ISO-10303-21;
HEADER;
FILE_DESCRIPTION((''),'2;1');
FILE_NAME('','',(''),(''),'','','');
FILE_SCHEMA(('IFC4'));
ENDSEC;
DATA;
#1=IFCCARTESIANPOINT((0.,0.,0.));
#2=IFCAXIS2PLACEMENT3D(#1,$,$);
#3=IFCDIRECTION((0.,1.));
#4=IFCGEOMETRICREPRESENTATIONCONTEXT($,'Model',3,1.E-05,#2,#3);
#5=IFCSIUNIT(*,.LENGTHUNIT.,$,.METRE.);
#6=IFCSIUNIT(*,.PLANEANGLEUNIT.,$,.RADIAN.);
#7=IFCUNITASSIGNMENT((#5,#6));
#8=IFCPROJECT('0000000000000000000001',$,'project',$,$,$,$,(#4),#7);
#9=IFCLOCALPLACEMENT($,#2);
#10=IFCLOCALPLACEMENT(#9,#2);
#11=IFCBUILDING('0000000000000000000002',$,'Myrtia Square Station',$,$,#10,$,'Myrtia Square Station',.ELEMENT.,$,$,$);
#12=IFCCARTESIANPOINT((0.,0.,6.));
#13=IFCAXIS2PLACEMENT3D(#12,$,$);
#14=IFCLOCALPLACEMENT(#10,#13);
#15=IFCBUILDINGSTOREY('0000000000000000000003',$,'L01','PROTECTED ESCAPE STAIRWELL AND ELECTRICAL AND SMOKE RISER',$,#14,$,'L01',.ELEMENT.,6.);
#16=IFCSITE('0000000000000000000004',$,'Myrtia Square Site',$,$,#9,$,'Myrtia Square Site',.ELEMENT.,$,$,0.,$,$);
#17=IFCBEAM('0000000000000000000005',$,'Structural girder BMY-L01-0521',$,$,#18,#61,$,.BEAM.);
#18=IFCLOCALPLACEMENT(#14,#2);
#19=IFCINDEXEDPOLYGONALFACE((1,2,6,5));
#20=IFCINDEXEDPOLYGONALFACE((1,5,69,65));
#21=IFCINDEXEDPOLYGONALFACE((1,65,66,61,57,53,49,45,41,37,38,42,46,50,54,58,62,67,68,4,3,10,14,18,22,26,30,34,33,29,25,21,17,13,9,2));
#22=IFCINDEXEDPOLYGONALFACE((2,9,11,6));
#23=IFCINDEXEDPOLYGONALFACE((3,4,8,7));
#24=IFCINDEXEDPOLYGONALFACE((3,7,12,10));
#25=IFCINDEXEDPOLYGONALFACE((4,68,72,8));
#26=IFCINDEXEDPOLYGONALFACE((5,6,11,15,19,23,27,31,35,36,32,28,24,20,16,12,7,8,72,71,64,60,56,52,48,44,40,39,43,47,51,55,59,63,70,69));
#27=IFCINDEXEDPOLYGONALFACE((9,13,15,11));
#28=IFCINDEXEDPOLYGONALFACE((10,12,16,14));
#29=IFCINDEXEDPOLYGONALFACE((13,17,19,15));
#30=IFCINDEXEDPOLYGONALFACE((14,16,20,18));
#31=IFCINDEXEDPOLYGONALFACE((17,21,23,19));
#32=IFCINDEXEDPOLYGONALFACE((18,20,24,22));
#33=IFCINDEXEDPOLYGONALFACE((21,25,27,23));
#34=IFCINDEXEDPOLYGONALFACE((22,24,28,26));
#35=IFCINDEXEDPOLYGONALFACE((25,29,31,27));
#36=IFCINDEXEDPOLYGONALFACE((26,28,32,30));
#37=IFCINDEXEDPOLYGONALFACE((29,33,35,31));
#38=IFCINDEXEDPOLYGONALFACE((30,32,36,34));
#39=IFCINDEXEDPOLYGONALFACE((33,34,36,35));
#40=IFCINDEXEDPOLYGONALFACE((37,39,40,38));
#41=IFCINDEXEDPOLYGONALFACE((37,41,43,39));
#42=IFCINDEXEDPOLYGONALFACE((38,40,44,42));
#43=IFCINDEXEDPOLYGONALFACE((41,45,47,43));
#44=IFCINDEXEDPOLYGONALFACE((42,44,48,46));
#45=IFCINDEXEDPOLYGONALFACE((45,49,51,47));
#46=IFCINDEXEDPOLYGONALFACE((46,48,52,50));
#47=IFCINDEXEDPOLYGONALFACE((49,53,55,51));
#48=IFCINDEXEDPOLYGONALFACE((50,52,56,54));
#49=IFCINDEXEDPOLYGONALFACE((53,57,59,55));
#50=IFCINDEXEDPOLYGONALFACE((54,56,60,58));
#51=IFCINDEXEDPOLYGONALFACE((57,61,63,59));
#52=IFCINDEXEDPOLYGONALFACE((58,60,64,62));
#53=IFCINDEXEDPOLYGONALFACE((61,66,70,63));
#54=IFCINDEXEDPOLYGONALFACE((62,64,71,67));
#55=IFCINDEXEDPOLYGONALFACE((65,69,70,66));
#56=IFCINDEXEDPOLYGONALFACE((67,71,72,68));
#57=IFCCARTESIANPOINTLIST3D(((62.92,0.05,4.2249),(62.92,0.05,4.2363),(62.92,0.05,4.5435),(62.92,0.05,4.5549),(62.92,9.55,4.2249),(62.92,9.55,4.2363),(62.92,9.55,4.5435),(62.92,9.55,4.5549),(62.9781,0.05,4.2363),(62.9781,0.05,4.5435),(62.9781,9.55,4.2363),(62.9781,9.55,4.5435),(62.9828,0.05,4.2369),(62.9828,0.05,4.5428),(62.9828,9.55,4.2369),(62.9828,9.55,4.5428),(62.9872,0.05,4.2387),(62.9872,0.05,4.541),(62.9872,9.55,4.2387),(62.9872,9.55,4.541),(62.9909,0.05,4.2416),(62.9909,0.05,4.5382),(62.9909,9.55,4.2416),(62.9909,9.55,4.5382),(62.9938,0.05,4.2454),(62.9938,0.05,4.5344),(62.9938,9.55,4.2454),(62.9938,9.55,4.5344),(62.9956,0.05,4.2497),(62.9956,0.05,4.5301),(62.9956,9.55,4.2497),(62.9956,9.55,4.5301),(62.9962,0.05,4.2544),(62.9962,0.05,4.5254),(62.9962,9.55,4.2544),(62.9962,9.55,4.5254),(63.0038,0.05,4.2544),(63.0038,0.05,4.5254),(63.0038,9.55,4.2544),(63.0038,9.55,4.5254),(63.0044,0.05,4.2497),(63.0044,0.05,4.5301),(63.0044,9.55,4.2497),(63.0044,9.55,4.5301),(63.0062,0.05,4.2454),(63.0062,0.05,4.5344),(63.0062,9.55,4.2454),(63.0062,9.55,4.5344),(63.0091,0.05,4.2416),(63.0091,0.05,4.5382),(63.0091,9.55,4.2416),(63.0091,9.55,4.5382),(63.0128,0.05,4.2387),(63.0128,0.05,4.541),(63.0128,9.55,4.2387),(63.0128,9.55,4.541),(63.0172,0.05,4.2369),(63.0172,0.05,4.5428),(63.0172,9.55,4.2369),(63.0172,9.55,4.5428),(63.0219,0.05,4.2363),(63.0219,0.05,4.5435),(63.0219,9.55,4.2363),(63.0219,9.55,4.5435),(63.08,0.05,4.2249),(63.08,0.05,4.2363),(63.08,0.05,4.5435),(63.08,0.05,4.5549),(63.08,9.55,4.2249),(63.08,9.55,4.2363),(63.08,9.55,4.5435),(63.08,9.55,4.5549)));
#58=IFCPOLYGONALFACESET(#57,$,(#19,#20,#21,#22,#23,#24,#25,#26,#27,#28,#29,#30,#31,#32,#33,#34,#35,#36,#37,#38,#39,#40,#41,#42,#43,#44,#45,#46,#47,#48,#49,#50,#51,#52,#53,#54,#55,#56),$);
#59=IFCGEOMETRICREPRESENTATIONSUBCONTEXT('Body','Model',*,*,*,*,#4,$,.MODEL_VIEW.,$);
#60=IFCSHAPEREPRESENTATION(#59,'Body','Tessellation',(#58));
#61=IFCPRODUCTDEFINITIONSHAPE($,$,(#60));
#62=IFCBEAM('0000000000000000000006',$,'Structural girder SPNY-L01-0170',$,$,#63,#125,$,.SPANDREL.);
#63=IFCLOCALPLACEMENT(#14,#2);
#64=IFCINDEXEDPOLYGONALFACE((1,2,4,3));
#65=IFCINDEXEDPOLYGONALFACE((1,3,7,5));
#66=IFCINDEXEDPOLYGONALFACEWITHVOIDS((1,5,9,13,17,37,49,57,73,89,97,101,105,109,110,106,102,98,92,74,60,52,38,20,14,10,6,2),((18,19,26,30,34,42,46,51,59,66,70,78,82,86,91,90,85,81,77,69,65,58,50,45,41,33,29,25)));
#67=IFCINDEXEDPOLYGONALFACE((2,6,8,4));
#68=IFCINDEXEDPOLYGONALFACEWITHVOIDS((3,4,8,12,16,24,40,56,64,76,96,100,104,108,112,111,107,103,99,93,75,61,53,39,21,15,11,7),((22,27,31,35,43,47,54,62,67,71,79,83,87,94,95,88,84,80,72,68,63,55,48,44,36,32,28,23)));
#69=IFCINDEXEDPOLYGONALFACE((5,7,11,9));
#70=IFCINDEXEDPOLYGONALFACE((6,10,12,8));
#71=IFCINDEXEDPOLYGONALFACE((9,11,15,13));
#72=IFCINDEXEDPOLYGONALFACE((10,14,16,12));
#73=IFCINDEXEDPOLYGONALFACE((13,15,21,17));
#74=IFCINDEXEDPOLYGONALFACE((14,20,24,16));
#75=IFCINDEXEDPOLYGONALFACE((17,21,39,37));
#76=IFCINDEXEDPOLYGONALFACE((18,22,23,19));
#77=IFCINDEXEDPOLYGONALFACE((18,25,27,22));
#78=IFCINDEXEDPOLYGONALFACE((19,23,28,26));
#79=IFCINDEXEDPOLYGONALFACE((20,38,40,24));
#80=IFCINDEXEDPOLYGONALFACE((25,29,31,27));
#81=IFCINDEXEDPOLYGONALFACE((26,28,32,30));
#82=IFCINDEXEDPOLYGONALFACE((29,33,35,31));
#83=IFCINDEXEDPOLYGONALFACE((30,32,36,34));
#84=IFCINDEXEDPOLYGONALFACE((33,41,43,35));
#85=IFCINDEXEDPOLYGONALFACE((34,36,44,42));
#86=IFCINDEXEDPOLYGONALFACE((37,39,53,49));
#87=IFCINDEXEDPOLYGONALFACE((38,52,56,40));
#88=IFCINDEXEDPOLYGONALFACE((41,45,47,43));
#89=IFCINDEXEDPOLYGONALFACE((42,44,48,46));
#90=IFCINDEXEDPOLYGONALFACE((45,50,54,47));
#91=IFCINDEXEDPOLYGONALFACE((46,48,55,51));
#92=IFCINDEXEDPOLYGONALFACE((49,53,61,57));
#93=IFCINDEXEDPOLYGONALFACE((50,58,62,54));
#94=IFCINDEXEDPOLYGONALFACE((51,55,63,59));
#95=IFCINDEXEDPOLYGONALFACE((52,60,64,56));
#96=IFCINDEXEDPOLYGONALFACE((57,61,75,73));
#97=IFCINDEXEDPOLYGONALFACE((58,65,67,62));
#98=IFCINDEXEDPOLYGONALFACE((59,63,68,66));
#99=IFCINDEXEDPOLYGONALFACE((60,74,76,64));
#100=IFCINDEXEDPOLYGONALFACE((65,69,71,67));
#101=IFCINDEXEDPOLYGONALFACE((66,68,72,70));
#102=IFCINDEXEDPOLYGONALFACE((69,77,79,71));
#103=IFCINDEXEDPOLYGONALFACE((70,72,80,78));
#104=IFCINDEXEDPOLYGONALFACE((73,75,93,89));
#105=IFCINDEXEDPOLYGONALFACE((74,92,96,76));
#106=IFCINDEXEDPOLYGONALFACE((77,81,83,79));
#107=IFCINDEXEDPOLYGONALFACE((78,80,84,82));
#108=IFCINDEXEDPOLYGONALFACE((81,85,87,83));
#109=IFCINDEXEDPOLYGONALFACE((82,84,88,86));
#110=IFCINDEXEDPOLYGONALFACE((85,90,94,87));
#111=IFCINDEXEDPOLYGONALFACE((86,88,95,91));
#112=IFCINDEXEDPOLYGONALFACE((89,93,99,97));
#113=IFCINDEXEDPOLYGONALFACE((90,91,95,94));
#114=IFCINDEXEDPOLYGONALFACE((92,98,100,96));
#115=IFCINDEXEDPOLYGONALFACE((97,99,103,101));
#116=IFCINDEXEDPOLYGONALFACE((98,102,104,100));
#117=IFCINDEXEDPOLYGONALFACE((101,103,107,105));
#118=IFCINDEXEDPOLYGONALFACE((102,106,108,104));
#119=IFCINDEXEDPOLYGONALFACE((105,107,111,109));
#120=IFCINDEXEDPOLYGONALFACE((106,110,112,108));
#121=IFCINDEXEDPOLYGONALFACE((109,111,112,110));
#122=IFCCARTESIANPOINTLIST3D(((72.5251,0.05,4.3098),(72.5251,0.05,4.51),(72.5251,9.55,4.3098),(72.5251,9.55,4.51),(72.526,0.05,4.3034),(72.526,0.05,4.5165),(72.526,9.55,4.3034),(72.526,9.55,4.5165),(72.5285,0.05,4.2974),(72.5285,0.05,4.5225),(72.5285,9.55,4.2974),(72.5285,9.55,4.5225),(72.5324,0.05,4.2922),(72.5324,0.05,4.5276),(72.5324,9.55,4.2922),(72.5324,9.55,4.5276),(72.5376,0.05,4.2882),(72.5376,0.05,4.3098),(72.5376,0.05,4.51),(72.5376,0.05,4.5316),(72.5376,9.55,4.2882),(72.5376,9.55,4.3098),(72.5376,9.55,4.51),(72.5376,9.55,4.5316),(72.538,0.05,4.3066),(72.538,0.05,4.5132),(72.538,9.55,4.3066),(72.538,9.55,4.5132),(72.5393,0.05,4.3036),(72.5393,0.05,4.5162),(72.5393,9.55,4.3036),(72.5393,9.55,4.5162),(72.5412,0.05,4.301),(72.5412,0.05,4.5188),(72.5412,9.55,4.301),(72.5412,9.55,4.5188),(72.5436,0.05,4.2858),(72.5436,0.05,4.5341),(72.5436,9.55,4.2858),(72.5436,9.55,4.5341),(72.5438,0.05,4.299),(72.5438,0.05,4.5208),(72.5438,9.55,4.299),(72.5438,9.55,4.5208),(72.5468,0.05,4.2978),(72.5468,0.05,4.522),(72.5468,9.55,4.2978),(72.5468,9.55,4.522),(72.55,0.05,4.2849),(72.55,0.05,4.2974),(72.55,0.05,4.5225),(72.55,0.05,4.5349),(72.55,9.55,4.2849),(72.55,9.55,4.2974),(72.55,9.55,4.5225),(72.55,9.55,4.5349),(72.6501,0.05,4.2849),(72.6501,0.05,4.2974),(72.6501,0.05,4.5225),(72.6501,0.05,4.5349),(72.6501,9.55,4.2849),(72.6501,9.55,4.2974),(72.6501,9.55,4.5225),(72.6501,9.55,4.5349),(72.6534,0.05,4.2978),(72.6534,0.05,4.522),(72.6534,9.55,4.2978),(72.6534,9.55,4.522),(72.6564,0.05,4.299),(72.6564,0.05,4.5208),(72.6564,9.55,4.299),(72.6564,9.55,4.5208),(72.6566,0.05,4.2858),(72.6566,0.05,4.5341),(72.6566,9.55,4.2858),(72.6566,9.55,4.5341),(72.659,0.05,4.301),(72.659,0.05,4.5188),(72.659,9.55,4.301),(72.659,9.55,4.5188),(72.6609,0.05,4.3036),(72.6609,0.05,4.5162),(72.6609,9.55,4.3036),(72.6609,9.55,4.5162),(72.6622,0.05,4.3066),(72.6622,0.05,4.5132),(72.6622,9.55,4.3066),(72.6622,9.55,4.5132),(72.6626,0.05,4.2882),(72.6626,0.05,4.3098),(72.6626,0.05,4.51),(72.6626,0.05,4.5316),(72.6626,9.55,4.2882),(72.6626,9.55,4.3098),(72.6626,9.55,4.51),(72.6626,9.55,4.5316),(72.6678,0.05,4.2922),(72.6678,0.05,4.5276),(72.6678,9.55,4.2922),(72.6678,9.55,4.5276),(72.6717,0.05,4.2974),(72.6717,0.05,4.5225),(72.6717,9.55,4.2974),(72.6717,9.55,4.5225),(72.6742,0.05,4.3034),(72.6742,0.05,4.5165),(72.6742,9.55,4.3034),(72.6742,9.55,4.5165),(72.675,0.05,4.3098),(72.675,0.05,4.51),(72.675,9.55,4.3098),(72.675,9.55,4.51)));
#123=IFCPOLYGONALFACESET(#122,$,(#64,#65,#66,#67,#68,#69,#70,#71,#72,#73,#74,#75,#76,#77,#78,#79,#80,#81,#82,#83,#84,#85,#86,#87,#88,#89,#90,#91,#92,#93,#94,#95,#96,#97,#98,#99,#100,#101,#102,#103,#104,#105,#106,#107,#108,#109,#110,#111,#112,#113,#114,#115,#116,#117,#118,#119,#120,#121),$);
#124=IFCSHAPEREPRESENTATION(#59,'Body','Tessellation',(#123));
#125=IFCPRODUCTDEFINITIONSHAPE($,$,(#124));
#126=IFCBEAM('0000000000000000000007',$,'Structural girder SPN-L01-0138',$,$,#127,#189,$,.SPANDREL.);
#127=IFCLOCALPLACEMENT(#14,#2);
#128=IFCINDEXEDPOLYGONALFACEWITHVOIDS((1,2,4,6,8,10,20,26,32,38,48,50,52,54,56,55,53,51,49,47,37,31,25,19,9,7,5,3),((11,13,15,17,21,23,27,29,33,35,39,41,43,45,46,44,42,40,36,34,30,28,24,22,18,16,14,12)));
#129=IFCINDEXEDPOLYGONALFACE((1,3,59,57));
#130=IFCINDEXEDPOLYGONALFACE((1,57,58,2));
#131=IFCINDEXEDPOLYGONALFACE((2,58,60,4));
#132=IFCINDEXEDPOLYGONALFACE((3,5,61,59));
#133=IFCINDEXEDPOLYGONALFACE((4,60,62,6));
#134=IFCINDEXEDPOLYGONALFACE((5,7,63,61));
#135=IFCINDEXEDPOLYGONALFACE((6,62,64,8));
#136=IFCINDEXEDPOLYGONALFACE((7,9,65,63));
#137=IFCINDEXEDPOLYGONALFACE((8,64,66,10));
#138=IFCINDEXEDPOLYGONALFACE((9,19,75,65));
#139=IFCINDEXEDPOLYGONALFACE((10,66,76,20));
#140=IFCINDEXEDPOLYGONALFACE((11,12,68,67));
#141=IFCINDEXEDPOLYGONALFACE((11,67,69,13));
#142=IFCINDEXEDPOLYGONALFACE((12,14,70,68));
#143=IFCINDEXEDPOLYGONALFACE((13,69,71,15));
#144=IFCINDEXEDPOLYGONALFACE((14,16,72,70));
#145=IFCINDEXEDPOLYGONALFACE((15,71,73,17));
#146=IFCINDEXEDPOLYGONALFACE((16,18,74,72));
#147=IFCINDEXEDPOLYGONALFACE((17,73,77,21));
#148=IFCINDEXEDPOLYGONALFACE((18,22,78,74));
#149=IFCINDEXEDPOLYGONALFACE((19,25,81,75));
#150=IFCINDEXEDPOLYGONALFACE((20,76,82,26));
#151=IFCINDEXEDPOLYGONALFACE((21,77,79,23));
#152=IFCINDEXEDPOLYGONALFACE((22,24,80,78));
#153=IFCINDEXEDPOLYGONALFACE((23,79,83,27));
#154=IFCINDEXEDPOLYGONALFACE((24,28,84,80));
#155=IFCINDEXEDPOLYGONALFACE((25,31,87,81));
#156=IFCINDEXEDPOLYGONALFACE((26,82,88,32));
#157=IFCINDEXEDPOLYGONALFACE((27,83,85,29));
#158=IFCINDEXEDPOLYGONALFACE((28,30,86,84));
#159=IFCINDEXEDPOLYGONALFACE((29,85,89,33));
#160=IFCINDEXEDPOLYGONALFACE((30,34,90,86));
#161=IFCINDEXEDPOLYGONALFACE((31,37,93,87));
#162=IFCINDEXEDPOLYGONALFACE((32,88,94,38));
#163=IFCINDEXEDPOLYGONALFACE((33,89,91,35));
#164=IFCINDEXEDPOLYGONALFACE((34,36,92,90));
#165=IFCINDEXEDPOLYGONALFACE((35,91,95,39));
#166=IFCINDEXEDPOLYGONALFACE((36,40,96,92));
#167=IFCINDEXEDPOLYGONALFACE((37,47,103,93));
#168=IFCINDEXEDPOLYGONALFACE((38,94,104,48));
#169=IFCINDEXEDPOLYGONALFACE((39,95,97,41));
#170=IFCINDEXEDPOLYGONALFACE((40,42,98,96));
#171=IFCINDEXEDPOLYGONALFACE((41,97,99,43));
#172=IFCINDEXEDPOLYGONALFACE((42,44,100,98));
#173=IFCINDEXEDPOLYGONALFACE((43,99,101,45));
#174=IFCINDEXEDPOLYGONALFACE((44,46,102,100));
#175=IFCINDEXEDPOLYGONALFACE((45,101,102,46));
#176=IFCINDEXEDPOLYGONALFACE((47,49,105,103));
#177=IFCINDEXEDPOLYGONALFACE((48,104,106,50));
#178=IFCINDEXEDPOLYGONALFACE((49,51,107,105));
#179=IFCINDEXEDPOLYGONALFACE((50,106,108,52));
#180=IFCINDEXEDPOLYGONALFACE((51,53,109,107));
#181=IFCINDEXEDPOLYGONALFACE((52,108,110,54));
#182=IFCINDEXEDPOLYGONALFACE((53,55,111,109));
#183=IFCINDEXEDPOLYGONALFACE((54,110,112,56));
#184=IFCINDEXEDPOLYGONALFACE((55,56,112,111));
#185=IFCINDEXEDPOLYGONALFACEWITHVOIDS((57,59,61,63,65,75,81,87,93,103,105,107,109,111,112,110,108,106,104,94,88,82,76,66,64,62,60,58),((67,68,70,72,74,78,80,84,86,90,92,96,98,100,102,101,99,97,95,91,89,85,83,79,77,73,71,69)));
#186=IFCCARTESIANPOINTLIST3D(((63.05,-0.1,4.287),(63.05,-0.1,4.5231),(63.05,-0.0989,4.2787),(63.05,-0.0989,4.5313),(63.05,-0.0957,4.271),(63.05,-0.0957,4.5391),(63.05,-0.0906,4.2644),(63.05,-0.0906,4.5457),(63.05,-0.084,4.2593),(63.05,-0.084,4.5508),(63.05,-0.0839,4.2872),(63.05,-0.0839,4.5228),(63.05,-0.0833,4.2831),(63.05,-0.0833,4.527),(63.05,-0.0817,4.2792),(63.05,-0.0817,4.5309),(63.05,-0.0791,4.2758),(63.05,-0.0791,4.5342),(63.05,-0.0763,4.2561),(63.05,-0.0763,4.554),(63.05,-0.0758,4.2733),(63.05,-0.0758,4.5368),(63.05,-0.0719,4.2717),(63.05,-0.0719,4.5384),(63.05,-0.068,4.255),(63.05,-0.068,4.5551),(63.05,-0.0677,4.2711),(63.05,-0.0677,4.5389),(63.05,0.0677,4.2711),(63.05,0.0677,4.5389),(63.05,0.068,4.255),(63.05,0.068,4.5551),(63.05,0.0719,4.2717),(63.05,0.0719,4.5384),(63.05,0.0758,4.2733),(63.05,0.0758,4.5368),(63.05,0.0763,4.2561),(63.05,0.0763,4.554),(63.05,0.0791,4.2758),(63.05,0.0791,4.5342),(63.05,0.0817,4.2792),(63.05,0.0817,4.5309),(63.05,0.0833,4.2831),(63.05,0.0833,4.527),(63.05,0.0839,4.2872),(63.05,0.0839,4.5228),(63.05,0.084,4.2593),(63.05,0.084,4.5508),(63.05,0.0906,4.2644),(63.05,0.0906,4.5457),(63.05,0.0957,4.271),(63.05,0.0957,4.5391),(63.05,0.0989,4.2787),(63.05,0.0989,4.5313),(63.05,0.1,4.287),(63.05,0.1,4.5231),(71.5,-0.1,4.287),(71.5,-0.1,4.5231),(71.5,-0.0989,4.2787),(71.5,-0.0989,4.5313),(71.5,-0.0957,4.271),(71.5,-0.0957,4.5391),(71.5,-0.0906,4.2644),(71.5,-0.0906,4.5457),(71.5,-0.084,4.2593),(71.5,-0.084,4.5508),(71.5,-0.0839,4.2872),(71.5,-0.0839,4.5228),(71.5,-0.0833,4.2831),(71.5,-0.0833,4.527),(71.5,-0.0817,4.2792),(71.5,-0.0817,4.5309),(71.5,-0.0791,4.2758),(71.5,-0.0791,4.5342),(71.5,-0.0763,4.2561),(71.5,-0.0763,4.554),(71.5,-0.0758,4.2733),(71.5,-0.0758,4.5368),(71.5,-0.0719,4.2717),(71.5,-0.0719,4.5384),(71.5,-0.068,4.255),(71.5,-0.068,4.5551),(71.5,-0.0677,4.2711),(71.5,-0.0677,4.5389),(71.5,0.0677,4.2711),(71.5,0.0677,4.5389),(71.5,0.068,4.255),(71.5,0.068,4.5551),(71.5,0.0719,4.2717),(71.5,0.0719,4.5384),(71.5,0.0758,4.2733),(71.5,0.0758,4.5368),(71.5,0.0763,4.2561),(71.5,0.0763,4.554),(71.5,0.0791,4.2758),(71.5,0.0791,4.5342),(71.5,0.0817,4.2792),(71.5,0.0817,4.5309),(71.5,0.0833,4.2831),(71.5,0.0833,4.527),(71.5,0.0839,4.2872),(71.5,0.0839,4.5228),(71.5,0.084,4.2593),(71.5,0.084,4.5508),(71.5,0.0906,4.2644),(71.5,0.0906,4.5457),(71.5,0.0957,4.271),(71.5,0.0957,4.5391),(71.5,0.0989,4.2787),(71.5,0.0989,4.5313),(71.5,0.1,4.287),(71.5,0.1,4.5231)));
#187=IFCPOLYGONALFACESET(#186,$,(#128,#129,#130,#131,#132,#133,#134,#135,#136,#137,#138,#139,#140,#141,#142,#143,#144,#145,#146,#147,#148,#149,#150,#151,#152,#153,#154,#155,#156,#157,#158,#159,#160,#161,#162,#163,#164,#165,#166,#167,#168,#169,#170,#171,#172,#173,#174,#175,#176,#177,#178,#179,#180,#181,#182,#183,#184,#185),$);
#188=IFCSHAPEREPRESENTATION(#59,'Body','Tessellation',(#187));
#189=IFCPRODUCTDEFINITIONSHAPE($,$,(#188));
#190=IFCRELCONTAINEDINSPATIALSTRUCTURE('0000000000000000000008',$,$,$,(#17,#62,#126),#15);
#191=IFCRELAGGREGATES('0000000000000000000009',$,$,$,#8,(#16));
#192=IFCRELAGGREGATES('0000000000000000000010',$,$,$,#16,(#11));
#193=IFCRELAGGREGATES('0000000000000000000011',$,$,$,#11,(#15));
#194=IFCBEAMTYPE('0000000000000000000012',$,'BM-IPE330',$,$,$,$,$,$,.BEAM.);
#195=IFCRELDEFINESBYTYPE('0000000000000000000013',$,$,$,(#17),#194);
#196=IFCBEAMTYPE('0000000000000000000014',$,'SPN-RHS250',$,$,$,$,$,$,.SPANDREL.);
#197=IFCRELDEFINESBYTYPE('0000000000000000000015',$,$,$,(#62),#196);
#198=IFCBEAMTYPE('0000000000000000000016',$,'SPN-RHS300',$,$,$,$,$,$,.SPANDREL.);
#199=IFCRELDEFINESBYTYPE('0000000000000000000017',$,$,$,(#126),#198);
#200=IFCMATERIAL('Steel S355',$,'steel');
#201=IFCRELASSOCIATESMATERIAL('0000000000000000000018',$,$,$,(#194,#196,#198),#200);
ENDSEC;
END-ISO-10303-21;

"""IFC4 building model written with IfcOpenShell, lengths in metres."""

from ifc_helpers import new_model, si_unit, direction, frame, origin, origin_2d, place, context, subcontext, project, spatial, hollow_rectangle, i_section, extrude, material, material_profile, profile_set, type_object, element, save


model = new_model("IFC4")

# Units and contexts
model_context = context("Model", 3, precision=1e-05, world=origin(), true_north=direction((0.0, 1.0)))
body_context = subcontext(model_context, "Body", "Model", "MODEL_VIEW")
ifc_project = project(units=[si_unit("LENGTHUNIT", "METRE"), si_unit("PLANEANGLEUNIT", "RADIAN")], contexts=[model_context])

# Site, building, storey
site_placement = place(None, origin())
site = spatial("IfcSite", under=ifc_project, at=site_placement, Name="Myrtia Square Site", LongName="Myrtia Square Site", CompositionType="ELEMENT", RefElevation=0.0)
building_placement = place(site_placement, origin())
building = spatial("IfcBuilding", under=site, at=building_placement, Name="Myrtia Square Station", LongName="Myrtia Square Station", CompositionType="ELEMENT")
storey_placement = place(building_placement, frame((0.0, 0.0, 6.0)))
storey = spatial("IfcBuildingStorey", under=building, at=storey_placement, Name="L01", Description="PROTECTED ESCAPE STAIRWELL AND ELECTRICAL AND SMOKE RISER", LongName="L01", CompositionType="ELEMENT", Elevation=6.0)

# Shared definitions
ifc_material_1 = material(Name="Steel S355", Category="steel")

# Beams
ifc_material_profile_1 = material_profile(ifc_material_1, i_section(OverallWidth=0.1599, OverallDepth=0.3301, WebThickness=0.0076, FlangeThickness=0.0115, FilletRadius=0.0181, at=origin_2d()), Name="IPE 330")
ifc_profile_set_1 = profile_set([ifc_material_profile_1], Name="Steel S355")
beam_type_1 = type_object("IfcBeamType", Name="BM-IPE330", PredefinedType="BEAM", material=ifc_profile_set_1)
beam_1_placement = place(storey_placement, frame((63.0, 0.05, 4.3899), z_axis=(0.0, 1.0, 0.0), x_axis=(-1.0, 0.0, 0.0)))
element("IfcBeam", 1, at=beam_1_placement, inside=storey, type_object=beam_type_1, Name="Structural girder BMY-L01-0521", PredefinedType="BEAM", context=body_context, shape_type="SweptSolid", body=[
    extrude(i_section(OverallWidth=0.1599, OverallDepth=0.3301, WebThickness=0.0076, FlangeThickness=0.0115, FilletRadius=0.0181, at=origin_2d()), origin(), (0.0, 0.0, 1.0), 9.5),
])
ifc_material_profile_2 = material_profile(ifc_material_1, hollow_rectangle(XDim=0.1499, YDim=0.25, WallThickness=0.0125, InnerFilletRadius=0.0125, OuterFilletRadius=0.0249, at=origin_2d()), Name="RHS 250x150x12.5")
ifc_profile_set_2 = profile_set([ifc_material_profile_2], Name="Steel S355")
beam_type_2 = type_object("IfcBeamType", Name="SPN-RHS250", PredefinedType="SPANDREL", material=ifc_profile_set_2)
beam_2_placement = place(storey_placement, frame((72.6001, 0.05, 4.4099), z_axis=(0.0, 1.0, 0.0), x_axis=(-1.0, 0.0, 0.0)))
element("IfcBeam", 2, at=beam_2_placement, inside=storey, type_object=beam_type_2, Name="Structural girder SPNY-L01-0170", PredefinedType="SPANDREL", context=body_context, shape_type="SweptSolid", body=[
    extrude(hollow_rectangle(XDim=0.1499, YDim=0.25, WallThickness=0.0125, InnerFilletRadius=0.0125, OuterFilletRadius=0.0249, at=origin_2d()), origin(), (0.0, 0.0, 1.0), 9.5),
])
ifc_material_profile_3 = material_profile(ifc_material_1, hollow_rectangle(XDim=0.2, YDim=0.3, WallThickness=0.0161, InnerFilletRadius=0.0161, OuterFilletRadius=0.032, at=origin_2d()), Name="RHS 300x200x16")
ifc_profile_set_3 = profile_set([ifc_material_profile_3], Name="Steel S355")
beam_type_3 = type_object("IfcBeamType", Name="SPN-RHS300", PredefinedType="SPANDREL", material=ifc_profile_set_3)
beam_3_placement = place(storey_placement, frame((63.05, 0.0, 4.405), z_axis=(1.0, 0.0, 0.0), x_axis=(0.0, 1.0, 0.0)))
element("IfcBeam", 3, at=beam_3_placement, inside=storey, type_object=beam_type_3, Name="Structural girder SPN-L01-0138", PredefinedType="SPANDREL", context=body_context, shape_type="SweptSolid", body=[
    extrude(hollow_rectangle(XDim=0.2, YDim=0.3, WallThickness=0.0161, InnerFilletRadius=0.0161, OuterFilletRadius=0.032, at=origin_2d()), origin(), (0.0, 0.0, 1.0), 8.45),
])

save(model, "model.ifc")
